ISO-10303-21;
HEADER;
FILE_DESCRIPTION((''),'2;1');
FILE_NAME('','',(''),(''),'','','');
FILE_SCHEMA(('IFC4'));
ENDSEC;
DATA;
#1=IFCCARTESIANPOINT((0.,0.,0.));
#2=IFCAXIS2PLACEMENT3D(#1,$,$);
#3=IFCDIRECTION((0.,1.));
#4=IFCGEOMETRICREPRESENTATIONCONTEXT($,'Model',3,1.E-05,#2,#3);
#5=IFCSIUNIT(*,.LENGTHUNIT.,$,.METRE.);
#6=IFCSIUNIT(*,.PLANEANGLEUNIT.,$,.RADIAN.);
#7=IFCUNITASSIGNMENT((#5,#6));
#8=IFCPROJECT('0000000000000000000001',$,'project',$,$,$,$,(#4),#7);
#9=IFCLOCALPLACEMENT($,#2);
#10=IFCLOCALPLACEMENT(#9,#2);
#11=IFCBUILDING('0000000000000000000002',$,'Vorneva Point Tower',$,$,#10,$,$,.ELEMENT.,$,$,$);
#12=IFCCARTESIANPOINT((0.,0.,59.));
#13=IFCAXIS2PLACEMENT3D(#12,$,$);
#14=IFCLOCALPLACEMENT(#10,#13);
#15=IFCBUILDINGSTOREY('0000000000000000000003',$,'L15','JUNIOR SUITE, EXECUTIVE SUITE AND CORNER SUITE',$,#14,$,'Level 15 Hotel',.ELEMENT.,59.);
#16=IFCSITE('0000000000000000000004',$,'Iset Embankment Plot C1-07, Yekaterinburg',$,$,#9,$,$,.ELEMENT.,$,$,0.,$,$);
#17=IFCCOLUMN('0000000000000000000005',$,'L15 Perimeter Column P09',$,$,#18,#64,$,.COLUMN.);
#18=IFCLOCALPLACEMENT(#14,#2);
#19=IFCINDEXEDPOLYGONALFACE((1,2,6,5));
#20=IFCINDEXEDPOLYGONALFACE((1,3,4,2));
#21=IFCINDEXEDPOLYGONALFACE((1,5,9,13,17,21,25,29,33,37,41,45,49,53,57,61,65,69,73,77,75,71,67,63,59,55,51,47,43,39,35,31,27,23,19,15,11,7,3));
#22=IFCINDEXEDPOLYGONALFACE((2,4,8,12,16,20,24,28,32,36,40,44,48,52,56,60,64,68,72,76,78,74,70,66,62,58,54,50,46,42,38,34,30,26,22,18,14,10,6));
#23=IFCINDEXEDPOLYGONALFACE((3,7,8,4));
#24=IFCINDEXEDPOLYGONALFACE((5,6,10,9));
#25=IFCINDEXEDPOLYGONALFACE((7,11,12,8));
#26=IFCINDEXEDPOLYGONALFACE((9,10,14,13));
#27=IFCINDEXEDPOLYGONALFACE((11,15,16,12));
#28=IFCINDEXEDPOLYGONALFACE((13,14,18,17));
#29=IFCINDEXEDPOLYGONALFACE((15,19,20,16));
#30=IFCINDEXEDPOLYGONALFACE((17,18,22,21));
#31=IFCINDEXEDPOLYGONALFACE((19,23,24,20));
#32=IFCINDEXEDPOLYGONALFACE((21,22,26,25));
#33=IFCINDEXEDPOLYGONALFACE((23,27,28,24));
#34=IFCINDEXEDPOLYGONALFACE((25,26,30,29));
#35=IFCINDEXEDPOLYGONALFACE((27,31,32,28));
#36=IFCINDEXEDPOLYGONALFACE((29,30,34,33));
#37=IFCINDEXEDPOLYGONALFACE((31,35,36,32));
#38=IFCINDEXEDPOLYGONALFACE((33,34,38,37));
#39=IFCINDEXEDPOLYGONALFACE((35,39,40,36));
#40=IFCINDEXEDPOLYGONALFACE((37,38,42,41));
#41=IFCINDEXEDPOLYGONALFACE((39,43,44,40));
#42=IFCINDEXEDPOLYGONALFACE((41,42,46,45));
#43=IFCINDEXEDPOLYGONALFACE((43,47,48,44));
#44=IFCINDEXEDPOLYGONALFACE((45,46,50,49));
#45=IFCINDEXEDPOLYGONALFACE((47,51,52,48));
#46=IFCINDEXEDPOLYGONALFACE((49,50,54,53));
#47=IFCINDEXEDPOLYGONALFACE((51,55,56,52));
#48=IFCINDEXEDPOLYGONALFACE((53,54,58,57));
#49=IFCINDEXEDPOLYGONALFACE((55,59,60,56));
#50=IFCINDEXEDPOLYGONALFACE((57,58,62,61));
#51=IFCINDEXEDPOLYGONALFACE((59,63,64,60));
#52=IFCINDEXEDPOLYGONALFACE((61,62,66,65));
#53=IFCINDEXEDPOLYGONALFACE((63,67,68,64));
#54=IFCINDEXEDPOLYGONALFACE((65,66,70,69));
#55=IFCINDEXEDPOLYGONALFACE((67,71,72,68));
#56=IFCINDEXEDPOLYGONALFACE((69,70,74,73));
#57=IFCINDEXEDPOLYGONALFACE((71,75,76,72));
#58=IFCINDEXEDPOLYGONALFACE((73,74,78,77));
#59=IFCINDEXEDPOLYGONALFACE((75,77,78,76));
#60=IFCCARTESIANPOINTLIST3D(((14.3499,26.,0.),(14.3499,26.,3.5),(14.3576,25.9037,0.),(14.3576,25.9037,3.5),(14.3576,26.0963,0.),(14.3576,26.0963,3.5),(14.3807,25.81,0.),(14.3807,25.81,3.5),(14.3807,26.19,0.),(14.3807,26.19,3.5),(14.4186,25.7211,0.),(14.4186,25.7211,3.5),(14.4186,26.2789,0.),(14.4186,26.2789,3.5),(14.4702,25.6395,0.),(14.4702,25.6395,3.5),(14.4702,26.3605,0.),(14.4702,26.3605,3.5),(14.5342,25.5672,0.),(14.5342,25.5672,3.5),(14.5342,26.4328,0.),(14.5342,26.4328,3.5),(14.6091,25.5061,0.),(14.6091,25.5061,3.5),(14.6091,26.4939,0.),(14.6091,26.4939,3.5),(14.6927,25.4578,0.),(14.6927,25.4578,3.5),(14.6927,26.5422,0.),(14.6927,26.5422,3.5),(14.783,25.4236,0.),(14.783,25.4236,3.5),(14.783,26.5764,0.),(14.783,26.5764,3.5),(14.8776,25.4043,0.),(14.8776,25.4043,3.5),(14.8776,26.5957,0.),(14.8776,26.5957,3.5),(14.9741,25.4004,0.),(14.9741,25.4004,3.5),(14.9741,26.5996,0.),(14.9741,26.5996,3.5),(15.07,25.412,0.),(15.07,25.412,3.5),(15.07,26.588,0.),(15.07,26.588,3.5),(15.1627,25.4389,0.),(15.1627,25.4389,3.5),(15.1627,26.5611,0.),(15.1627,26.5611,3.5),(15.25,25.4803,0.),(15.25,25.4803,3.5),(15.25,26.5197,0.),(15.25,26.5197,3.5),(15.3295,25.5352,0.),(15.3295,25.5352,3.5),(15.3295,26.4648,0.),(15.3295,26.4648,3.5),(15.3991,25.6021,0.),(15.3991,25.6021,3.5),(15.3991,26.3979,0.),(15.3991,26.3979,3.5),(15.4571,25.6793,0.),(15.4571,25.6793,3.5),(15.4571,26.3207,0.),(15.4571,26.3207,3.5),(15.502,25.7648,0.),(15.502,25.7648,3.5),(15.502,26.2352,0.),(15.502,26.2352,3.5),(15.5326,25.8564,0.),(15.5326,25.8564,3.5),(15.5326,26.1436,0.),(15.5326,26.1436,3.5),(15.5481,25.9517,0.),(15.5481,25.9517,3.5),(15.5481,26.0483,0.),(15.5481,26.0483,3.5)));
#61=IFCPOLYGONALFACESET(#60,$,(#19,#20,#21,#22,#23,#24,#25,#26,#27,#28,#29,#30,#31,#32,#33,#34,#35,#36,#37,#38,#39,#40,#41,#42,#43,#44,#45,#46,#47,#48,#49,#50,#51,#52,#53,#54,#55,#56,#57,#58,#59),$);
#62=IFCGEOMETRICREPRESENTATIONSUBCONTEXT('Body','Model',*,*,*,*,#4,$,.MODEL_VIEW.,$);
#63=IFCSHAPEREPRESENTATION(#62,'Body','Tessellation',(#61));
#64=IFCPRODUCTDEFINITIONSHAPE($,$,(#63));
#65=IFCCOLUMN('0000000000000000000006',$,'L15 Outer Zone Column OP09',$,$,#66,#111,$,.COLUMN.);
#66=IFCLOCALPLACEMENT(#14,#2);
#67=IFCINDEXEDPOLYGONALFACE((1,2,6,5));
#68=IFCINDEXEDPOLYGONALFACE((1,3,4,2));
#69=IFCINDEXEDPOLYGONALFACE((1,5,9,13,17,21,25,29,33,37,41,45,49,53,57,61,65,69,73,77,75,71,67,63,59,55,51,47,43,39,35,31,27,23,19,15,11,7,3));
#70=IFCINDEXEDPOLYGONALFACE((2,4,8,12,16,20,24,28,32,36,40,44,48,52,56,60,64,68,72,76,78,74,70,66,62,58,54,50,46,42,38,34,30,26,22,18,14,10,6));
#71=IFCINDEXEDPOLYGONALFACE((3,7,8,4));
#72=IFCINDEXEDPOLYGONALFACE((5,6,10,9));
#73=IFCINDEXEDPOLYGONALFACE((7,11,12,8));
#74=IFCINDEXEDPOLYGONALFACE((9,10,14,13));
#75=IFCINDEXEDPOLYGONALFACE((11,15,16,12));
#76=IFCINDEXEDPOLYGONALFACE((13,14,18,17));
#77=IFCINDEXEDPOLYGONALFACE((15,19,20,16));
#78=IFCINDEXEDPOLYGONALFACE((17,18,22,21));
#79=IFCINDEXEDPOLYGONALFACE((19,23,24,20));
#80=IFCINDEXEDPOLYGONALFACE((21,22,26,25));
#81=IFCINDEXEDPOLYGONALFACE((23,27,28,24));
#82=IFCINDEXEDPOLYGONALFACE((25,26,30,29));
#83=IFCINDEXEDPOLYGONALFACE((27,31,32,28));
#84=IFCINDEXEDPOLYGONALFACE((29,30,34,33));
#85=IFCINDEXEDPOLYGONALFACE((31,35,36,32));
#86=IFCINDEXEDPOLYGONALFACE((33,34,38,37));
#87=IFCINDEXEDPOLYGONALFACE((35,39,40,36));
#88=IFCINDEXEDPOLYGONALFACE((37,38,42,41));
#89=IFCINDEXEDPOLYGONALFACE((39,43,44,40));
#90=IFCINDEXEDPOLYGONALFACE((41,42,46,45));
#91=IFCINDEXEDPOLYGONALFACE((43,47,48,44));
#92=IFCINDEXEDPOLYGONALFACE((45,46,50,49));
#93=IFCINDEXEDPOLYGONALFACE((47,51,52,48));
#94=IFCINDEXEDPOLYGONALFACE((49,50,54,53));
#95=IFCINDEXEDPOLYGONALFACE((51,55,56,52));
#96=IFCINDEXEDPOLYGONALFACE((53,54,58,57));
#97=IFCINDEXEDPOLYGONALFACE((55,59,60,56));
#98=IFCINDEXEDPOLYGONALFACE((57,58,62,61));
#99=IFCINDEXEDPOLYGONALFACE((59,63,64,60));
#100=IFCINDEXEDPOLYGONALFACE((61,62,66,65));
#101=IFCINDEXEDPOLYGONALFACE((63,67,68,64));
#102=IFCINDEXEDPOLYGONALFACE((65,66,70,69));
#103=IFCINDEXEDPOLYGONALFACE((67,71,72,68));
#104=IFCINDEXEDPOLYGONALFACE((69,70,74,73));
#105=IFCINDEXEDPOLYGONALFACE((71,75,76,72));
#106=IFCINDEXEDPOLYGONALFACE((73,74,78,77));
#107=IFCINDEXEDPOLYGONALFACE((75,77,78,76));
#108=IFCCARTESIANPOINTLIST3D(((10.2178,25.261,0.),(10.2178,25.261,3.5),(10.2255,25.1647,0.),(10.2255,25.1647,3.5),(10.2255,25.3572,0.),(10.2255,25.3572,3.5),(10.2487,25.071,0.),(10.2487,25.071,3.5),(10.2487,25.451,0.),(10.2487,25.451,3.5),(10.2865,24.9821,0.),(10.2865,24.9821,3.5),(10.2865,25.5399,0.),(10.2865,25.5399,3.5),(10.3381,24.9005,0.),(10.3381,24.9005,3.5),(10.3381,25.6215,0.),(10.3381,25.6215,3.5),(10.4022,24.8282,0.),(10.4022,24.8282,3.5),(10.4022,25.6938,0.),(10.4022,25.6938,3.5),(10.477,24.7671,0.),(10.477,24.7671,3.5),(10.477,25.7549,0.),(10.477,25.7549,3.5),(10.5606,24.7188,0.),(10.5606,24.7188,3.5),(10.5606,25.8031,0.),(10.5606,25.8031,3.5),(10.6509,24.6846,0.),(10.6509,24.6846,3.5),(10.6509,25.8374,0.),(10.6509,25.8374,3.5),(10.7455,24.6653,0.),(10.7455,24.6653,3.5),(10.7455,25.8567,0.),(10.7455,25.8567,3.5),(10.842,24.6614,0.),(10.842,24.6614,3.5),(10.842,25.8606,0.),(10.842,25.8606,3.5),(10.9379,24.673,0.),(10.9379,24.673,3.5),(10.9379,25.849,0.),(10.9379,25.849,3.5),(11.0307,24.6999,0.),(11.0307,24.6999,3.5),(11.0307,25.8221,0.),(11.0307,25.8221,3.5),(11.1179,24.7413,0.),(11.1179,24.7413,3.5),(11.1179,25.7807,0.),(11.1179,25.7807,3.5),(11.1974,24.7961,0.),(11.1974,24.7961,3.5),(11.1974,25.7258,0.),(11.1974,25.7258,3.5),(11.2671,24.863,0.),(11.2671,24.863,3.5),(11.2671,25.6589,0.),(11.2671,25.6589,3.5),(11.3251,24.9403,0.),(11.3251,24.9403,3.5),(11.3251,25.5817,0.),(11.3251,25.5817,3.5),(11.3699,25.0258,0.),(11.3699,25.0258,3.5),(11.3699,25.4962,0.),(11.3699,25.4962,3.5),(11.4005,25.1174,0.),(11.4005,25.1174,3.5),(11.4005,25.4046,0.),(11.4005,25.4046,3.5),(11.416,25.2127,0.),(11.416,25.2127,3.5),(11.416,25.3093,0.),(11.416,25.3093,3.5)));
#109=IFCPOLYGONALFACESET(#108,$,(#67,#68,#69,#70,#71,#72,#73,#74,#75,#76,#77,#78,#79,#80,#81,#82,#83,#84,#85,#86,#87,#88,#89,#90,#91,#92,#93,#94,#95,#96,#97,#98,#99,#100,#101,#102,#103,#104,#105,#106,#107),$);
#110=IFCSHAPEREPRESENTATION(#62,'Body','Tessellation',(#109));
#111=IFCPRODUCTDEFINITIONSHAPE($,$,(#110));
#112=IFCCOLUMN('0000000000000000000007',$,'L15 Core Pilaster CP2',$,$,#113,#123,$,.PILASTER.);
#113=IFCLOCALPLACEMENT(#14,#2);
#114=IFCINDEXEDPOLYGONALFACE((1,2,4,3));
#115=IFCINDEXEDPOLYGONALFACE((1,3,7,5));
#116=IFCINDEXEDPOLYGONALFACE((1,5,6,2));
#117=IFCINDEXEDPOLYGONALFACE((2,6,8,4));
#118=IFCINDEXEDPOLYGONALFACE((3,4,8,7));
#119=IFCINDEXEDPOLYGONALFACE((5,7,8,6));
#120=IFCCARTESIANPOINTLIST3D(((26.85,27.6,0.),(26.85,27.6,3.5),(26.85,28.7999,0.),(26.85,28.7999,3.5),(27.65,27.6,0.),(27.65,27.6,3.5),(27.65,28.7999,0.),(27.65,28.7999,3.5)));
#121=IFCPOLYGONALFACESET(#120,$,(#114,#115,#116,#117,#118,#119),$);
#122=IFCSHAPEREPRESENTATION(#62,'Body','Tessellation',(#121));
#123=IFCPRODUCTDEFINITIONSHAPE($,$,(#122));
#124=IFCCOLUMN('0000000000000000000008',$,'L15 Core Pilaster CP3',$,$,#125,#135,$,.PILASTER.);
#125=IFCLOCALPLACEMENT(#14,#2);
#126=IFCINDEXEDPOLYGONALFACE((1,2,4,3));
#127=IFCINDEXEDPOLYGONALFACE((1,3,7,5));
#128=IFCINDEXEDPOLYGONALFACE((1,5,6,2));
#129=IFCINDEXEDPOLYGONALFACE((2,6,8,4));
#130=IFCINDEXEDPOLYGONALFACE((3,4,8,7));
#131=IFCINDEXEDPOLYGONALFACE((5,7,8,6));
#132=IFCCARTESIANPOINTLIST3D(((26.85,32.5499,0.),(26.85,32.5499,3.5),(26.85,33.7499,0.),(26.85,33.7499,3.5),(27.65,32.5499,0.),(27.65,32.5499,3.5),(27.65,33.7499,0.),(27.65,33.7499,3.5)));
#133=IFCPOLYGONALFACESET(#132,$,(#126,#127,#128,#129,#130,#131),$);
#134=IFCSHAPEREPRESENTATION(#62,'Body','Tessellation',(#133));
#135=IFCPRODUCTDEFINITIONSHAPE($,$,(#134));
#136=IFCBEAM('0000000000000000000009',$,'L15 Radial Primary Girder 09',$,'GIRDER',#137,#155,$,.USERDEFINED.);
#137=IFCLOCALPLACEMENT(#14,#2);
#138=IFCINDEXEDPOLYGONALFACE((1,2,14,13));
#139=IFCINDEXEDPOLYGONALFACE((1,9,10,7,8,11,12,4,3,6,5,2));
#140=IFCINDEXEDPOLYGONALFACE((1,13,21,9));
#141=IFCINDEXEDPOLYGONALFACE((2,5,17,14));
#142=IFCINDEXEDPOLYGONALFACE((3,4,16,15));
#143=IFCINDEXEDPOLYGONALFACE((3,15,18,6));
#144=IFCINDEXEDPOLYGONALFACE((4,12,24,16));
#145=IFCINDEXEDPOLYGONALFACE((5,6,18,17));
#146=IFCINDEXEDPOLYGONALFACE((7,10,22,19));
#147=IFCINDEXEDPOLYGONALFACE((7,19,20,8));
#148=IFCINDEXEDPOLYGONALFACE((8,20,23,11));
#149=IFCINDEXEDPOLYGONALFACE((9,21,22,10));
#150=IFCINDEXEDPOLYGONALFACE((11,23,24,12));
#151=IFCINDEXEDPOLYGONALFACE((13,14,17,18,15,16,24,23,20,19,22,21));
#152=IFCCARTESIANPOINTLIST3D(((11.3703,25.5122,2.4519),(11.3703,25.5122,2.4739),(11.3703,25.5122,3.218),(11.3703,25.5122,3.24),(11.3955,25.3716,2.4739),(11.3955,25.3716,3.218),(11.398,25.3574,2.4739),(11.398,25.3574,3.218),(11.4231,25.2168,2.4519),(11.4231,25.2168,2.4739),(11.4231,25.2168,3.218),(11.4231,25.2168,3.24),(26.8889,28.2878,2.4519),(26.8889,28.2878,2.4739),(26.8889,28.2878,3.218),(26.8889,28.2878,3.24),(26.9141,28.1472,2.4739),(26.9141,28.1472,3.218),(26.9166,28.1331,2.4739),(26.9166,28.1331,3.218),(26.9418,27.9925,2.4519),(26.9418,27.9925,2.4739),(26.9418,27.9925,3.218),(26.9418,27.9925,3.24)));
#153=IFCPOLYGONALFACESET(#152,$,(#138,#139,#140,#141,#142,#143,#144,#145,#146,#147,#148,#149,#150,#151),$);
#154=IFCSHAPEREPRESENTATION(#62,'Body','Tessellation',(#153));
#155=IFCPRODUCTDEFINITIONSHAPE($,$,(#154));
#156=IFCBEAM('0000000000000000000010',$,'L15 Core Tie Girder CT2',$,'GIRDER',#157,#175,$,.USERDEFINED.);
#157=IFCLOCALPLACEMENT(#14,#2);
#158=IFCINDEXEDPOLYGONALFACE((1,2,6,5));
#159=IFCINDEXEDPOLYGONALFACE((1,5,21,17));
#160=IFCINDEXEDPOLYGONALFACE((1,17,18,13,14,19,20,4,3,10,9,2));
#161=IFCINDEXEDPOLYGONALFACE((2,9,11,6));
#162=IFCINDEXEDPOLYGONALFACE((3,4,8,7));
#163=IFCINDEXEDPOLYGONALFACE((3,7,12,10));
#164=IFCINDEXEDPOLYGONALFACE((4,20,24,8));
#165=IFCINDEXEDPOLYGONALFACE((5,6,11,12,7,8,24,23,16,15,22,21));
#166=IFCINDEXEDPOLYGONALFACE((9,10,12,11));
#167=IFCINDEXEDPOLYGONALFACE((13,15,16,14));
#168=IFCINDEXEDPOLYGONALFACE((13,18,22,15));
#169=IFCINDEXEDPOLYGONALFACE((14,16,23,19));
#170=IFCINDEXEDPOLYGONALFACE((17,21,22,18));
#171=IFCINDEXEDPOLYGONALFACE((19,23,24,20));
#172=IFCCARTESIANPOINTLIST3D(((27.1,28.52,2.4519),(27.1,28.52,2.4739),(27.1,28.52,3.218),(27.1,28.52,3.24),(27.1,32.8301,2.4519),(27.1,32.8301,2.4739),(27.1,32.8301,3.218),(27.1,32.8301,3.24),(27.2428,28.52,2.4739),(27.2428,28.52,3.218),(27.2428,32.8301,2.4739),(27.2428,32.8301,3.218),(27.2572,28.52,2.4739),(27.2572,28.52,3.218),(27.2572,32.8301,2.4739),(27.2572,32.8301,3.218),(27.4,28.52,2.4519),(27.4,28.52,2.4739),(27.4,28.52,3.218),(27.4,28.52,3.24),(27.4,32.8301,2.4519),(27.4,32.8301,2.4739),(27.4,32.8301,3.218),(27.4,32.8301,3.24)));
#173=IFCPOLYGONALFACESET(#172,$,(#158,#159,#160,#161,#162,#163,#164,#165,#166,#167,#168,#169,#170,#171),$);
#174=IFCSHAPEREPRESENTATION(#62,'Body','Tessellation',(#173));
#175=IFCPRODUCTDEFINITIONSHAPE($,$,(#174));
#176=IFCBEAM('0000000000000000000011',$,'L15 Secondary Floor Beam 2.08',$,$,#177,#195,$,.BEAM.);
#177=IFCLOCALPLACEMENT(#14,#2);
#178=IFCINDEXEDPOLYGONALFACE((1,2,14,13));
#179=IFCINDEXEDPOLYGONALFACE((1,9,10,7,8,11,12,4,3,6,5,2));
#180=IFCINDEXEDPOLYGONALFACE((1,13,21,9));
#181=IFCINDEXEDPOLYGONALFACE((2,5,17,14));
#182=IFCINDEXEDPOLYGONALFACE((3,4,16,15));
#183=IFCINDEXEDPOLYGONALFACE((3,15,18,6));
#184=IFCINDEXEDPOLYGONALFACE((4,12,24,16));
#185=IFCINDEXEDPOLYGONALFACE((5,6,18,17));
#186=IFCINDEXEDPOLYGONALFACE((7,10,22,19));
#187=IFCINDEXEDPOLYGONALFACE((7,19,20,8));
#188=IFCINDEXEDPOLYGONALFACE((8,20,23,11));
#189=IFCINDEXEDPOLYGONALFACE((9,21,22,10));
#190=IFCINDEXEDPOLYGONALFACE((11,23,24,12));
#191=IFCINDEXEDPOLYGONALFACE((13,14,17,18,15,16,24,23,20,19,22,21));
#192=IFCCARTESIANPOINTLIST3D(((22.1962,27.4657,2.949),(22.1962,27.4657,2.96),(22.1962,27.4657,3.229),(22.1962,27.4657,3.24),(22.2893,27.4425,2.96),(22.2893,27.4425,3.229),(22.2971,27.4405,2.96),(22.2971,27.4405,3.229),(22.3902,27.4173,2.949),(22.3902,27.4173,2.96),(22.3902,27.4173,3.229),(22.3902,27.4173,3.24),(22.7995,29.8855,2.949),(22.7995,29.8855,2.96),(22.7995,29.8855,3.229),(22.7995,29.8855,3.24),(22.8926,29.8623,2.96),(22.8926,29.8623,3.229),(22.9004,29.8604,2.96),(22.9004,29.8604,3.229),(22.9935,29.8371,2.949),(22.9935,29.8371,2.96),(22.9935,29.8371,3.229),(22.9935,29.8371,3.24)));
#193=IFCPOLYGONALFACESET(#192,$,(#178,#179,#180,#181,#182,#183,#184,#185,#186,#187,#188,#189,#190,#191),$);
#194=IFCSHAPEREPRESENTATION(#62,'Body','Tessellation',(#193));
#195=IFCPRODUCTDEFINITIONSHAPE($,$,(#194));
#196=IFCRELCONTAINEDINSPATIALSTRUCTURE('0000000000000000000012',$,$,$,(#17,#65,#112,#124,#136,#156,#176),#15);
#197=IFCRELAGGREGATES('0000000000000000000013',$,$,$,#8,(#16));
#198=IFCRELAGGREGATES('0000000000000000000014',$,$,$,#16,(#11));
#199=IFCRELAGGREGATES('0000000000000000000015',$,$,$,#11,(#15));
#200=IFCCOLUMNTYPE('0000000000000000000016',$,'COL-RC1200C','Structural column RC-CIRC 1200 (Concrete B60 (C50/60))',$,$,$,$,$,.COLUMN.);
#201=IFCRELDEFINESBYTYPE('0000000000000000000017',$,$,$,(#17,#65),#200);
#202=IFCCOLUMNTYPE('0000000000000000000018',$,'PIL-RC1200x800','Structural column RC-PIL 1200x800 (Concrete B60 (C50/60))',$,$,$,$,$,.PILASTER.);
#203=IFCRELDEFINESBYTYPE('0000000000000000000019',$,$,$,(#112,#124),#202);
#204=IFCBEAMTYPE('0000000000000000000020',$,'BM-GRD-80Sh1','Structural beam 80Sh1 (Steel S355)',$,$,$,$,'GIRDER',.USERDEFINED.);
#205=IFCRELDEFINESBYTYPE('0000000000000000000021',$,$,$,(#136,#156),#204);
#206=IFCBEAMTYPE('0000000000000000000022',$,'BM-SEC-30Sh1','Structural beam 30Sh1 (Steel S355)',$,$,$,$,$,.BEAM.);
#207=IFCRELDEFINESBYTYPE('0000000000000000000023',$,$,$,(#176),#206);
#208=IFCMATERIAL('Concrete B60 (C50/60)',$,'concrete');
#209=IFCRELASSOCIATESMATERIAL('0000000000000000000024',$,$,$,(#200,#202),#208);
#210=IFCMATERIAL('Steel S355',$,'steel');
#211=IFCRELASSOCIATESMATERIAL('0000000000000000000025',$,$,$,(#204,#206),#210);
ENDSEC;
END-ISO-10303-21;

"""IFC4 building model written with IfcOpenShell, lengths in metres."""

from ifc_helpers import new_model, si_unit, direction, frame, origin, origin_2d, place, context, subcontext, project, spatial, rectangle, circle, i_section, extrude, material, material_profile, profile_set, type_object, element, save


model = new_model("IFC4")

# Units and contexts
model_context = context("Model", 3, precision=1e-05, world=origin(), true_north=direction((0.0, 1.0)))
body_context = subcontext(model_context, "Body", "Model", "MODEL_VIEW")
ifc_project = project(units=[si_unit("LENGTHUNIT", "METRE"), si_unit("PLANEANGLEUNIT", "RADIAN")], contexts=[model_context])

# Site, building, storey
site_placement = place(None, origin())
site = spatial("IfcSite", under=ifc_project, at=site_placement, Name="Iset Embankment Plot C1-07, Yekaterinburg", CompositionType="ELEMENT", RefElevation=0.0)
building_placement = place(site_placement, origin())
building = spatial("IfcBuilding", under=site, at=building_placement, Name="Vorneva Point Tower", CompositionType="ELEMENT")
storey_placement = place(building_placement, frame((0.0, 0.0, 59.0)))
storey = spatial("IfcBuildingStorey", under=building, at=storey_placement, Name="L15", Description="JUNIOR SUITE, EXECUTIVE SUITE AND CORNER SUITE", LongName="Level 15 Hotel", CompositionType="ELEMENT", Elevation=59.0)

# Columns
ifc_material_1 = material(Name="Concrete B60 (C50/60)", Category="concrete")
ifc_material_profile_1 = material_profile(ifc_material_1, circle(Radius=0.6001, at=origin_2d()), Name="RC-CIRC 1200")
ifc_profile_set_1 = profile_set([ifc_material_profile_1], Name="Concrete B60 (C50/60)")
column_type_1 = type_object("IfcColumnType", Name="COL-RC1200C", Description="Structural column RC-CIRC 1200 (Concrete B60 (C50/60))", PredefinedType="COLUMN", material=ifc_profile_set_1)
for number, where, z_axis, x_axis, name in (
    (1, (14.95, 26.0, 0.0), (0.0, 0.0, 1.0), (-1.0, 0.0, 0.0), "L15 Perimeter Column P09"),
    (2, (10.8179, 25.261, 0.0), (0.0, 0.0, 1.0), (-1.0, 0.0, 0.0), "L15 Outer Zone Column OP09"),
):
    element("IfcColumn", number, at=place(storey_placement, frame(where, z_axis=z_axis, x_axis=x_axis)), inside=storey, type_object=column_type_1, Name=name, PredefinedType="COLUMN", context=body_context, shape_type="SweptSolid", body=[
        extrude(circle(Radius=0.6001, at=origin_2d()), origin(), (0.0, 0.0, 1.0), 3.5),
    ])
ifc_material_profile_2 = material_profile(ifc_material_1, rectangle(XDim=0.8, YDim=1.2, at=origin_2d()), Name="RC-PIL 1200x800")
ifc_profile_set_2 = profile_set([ifc_material_profile_2], Name="Concrete B60 (C50/60)")
column_type_2 = type_object("IfcColumnType", Name="PIL-RC1200x800", Description="Structural column RC-PIL 1200x800 (Concrete B60 (C50/60))", PredefinedType="PILASTER", material=ifc_profile_set_2)
for number, where, z_axis, x_axis, name in (
    (3, (27.25, 28.2, 0.0), (0.0, 0.0, 1.0), (1.0, 0.0, 0.0), "L15 Core Pilaster CP2"),
    (4, (27.25, 33.1499, 0.0), (0.0, 0.0, 1.0), (1.0, 0.0, 0.0), "L15 Core Pilaster CP3"),
):
    element("IfcColumn", number, at=place(storey_placement, frame(where, z_axis=z_axis, x_axis=x_axis)), inside=storey, type_object=column_type_2, Name=name, PredefinedType="PILASTER", context=body_context, shape_type="SweptSolid", body=[
        extrude(rectangle(XDim=0.8, YDim=1.2, at=origin_2d()), origin(), (0.0, 0.0, 1.0), 3.5),
    ])

# Beams
ifc_material_2 = material(Name="Steel S355", Category="steel")
ifc_material_profile_3 = material_profile(ifc_material_2, i_section(OverallWidth=0.3, OverallDepth=0.7881, WebThickness=0.0144, FlangeThickness=0.022, at=origin_2d()), Name="80Sh1")
ifc_profile_set_3 = profile_set([ifc_material_profile_3], Name="Steel S355")
beam_type_1 = type_object("IfcBeamType", Name="BM-GRD-80Sh1", Description="Structural beam 80Sh1 (Steel S355)", ElementType="GIRDER", PredefinedType="USERDEFINED", material=ifc_profile_set_3)
beam_1_placement = place(storey_placement, frame((11.3967, 25.3645, 2.8459), z_axis=(0.984379, 0.176065, 0.0), x_axis=(-0.176065, 0.984379, 0.0)))
element("IfcBeam", 5, at=beam_1_placement, inside=storey, type_object=beam_type_1, Name="L15 Radial Primary Girder 09", ObjectType="GIRDER", PredefinedType="USERDEFINED", context=body_context, shape_type="SweptSolid", body=[
    extrude(i_section(OverallWidth=0.3, OverallDepth=0.7881, WebThickness=0.0144, FlangeThickness=0.022, at=origin_2d()), origin(), (0.0, 0.0, 1.0), 15.7649),
])
beam_2_placement = place(storey_placement, frame((27.25, 28.52, 2.8459), z_axis=(0.0, 1.0, 0.0), x_axis=(-1.0, 0.0, 0.0)))
element("IfcBeam", 6, at=beam_2_placement, inside=storey, type_object=beam_type_1, Name="L15 Core Tie Girder CT2", ObjectType="GIRDER", PredefinedType="USERDEFINED", context=body_context, shape_type="SweptSolid", body=[
    extrude(i_section(OverallWidth=0.3, OverallDepth=0.7881, WebThickness=0.0144, FlangeThickness=0.022, at=origin_2d()), origin(), (0.0, 0.0, 1.0), 4.3101),
])
ifc_material_profile_4 = material_profile(ifc_material_2, i_section(OverallWidth=0.2, OverallDepth=0.291, WebThickness=0.0081, FlangeThickness=0.011, at=origin_2d()), Name="30Sh1")
ifc_profile_set_4 = profile_set([ifc_material_profile_4], Name="Steel S355")
beam_type_2 = type_object("IfcBeamType", Name="BM-SEC-30Sh1", Description="Structural beam 30Sh1 (Steel S355)", PredefinedType="BEAM", material=ifc_profile_set_4)
beam_3_placement = place(storey_placement, frame((22.8965, 29.8613, 3.0945), z_axis=(-0.241891, -0.970304, 0.0), x_axis=(0.970304, -0.241891, 0.0)))
element("IfcBeam", 7, at=beam_3_placement, inside=storey, type_object=beam_type_2, Name="L15 Secondary Floor Beam 2.08", PredefinedType="BEAM", context=body_context, shape_type="SweptSolid", body=[
    extrude(i_section(OverallWidth=0.2, OverallDepth=0.291, WebThickness=0.0081, FlangeThickness=0.011, at=origin_2d()), origin(), (0.0, 0.0, 1.0), 2.4939),
])

save(model, "model.ifc")
